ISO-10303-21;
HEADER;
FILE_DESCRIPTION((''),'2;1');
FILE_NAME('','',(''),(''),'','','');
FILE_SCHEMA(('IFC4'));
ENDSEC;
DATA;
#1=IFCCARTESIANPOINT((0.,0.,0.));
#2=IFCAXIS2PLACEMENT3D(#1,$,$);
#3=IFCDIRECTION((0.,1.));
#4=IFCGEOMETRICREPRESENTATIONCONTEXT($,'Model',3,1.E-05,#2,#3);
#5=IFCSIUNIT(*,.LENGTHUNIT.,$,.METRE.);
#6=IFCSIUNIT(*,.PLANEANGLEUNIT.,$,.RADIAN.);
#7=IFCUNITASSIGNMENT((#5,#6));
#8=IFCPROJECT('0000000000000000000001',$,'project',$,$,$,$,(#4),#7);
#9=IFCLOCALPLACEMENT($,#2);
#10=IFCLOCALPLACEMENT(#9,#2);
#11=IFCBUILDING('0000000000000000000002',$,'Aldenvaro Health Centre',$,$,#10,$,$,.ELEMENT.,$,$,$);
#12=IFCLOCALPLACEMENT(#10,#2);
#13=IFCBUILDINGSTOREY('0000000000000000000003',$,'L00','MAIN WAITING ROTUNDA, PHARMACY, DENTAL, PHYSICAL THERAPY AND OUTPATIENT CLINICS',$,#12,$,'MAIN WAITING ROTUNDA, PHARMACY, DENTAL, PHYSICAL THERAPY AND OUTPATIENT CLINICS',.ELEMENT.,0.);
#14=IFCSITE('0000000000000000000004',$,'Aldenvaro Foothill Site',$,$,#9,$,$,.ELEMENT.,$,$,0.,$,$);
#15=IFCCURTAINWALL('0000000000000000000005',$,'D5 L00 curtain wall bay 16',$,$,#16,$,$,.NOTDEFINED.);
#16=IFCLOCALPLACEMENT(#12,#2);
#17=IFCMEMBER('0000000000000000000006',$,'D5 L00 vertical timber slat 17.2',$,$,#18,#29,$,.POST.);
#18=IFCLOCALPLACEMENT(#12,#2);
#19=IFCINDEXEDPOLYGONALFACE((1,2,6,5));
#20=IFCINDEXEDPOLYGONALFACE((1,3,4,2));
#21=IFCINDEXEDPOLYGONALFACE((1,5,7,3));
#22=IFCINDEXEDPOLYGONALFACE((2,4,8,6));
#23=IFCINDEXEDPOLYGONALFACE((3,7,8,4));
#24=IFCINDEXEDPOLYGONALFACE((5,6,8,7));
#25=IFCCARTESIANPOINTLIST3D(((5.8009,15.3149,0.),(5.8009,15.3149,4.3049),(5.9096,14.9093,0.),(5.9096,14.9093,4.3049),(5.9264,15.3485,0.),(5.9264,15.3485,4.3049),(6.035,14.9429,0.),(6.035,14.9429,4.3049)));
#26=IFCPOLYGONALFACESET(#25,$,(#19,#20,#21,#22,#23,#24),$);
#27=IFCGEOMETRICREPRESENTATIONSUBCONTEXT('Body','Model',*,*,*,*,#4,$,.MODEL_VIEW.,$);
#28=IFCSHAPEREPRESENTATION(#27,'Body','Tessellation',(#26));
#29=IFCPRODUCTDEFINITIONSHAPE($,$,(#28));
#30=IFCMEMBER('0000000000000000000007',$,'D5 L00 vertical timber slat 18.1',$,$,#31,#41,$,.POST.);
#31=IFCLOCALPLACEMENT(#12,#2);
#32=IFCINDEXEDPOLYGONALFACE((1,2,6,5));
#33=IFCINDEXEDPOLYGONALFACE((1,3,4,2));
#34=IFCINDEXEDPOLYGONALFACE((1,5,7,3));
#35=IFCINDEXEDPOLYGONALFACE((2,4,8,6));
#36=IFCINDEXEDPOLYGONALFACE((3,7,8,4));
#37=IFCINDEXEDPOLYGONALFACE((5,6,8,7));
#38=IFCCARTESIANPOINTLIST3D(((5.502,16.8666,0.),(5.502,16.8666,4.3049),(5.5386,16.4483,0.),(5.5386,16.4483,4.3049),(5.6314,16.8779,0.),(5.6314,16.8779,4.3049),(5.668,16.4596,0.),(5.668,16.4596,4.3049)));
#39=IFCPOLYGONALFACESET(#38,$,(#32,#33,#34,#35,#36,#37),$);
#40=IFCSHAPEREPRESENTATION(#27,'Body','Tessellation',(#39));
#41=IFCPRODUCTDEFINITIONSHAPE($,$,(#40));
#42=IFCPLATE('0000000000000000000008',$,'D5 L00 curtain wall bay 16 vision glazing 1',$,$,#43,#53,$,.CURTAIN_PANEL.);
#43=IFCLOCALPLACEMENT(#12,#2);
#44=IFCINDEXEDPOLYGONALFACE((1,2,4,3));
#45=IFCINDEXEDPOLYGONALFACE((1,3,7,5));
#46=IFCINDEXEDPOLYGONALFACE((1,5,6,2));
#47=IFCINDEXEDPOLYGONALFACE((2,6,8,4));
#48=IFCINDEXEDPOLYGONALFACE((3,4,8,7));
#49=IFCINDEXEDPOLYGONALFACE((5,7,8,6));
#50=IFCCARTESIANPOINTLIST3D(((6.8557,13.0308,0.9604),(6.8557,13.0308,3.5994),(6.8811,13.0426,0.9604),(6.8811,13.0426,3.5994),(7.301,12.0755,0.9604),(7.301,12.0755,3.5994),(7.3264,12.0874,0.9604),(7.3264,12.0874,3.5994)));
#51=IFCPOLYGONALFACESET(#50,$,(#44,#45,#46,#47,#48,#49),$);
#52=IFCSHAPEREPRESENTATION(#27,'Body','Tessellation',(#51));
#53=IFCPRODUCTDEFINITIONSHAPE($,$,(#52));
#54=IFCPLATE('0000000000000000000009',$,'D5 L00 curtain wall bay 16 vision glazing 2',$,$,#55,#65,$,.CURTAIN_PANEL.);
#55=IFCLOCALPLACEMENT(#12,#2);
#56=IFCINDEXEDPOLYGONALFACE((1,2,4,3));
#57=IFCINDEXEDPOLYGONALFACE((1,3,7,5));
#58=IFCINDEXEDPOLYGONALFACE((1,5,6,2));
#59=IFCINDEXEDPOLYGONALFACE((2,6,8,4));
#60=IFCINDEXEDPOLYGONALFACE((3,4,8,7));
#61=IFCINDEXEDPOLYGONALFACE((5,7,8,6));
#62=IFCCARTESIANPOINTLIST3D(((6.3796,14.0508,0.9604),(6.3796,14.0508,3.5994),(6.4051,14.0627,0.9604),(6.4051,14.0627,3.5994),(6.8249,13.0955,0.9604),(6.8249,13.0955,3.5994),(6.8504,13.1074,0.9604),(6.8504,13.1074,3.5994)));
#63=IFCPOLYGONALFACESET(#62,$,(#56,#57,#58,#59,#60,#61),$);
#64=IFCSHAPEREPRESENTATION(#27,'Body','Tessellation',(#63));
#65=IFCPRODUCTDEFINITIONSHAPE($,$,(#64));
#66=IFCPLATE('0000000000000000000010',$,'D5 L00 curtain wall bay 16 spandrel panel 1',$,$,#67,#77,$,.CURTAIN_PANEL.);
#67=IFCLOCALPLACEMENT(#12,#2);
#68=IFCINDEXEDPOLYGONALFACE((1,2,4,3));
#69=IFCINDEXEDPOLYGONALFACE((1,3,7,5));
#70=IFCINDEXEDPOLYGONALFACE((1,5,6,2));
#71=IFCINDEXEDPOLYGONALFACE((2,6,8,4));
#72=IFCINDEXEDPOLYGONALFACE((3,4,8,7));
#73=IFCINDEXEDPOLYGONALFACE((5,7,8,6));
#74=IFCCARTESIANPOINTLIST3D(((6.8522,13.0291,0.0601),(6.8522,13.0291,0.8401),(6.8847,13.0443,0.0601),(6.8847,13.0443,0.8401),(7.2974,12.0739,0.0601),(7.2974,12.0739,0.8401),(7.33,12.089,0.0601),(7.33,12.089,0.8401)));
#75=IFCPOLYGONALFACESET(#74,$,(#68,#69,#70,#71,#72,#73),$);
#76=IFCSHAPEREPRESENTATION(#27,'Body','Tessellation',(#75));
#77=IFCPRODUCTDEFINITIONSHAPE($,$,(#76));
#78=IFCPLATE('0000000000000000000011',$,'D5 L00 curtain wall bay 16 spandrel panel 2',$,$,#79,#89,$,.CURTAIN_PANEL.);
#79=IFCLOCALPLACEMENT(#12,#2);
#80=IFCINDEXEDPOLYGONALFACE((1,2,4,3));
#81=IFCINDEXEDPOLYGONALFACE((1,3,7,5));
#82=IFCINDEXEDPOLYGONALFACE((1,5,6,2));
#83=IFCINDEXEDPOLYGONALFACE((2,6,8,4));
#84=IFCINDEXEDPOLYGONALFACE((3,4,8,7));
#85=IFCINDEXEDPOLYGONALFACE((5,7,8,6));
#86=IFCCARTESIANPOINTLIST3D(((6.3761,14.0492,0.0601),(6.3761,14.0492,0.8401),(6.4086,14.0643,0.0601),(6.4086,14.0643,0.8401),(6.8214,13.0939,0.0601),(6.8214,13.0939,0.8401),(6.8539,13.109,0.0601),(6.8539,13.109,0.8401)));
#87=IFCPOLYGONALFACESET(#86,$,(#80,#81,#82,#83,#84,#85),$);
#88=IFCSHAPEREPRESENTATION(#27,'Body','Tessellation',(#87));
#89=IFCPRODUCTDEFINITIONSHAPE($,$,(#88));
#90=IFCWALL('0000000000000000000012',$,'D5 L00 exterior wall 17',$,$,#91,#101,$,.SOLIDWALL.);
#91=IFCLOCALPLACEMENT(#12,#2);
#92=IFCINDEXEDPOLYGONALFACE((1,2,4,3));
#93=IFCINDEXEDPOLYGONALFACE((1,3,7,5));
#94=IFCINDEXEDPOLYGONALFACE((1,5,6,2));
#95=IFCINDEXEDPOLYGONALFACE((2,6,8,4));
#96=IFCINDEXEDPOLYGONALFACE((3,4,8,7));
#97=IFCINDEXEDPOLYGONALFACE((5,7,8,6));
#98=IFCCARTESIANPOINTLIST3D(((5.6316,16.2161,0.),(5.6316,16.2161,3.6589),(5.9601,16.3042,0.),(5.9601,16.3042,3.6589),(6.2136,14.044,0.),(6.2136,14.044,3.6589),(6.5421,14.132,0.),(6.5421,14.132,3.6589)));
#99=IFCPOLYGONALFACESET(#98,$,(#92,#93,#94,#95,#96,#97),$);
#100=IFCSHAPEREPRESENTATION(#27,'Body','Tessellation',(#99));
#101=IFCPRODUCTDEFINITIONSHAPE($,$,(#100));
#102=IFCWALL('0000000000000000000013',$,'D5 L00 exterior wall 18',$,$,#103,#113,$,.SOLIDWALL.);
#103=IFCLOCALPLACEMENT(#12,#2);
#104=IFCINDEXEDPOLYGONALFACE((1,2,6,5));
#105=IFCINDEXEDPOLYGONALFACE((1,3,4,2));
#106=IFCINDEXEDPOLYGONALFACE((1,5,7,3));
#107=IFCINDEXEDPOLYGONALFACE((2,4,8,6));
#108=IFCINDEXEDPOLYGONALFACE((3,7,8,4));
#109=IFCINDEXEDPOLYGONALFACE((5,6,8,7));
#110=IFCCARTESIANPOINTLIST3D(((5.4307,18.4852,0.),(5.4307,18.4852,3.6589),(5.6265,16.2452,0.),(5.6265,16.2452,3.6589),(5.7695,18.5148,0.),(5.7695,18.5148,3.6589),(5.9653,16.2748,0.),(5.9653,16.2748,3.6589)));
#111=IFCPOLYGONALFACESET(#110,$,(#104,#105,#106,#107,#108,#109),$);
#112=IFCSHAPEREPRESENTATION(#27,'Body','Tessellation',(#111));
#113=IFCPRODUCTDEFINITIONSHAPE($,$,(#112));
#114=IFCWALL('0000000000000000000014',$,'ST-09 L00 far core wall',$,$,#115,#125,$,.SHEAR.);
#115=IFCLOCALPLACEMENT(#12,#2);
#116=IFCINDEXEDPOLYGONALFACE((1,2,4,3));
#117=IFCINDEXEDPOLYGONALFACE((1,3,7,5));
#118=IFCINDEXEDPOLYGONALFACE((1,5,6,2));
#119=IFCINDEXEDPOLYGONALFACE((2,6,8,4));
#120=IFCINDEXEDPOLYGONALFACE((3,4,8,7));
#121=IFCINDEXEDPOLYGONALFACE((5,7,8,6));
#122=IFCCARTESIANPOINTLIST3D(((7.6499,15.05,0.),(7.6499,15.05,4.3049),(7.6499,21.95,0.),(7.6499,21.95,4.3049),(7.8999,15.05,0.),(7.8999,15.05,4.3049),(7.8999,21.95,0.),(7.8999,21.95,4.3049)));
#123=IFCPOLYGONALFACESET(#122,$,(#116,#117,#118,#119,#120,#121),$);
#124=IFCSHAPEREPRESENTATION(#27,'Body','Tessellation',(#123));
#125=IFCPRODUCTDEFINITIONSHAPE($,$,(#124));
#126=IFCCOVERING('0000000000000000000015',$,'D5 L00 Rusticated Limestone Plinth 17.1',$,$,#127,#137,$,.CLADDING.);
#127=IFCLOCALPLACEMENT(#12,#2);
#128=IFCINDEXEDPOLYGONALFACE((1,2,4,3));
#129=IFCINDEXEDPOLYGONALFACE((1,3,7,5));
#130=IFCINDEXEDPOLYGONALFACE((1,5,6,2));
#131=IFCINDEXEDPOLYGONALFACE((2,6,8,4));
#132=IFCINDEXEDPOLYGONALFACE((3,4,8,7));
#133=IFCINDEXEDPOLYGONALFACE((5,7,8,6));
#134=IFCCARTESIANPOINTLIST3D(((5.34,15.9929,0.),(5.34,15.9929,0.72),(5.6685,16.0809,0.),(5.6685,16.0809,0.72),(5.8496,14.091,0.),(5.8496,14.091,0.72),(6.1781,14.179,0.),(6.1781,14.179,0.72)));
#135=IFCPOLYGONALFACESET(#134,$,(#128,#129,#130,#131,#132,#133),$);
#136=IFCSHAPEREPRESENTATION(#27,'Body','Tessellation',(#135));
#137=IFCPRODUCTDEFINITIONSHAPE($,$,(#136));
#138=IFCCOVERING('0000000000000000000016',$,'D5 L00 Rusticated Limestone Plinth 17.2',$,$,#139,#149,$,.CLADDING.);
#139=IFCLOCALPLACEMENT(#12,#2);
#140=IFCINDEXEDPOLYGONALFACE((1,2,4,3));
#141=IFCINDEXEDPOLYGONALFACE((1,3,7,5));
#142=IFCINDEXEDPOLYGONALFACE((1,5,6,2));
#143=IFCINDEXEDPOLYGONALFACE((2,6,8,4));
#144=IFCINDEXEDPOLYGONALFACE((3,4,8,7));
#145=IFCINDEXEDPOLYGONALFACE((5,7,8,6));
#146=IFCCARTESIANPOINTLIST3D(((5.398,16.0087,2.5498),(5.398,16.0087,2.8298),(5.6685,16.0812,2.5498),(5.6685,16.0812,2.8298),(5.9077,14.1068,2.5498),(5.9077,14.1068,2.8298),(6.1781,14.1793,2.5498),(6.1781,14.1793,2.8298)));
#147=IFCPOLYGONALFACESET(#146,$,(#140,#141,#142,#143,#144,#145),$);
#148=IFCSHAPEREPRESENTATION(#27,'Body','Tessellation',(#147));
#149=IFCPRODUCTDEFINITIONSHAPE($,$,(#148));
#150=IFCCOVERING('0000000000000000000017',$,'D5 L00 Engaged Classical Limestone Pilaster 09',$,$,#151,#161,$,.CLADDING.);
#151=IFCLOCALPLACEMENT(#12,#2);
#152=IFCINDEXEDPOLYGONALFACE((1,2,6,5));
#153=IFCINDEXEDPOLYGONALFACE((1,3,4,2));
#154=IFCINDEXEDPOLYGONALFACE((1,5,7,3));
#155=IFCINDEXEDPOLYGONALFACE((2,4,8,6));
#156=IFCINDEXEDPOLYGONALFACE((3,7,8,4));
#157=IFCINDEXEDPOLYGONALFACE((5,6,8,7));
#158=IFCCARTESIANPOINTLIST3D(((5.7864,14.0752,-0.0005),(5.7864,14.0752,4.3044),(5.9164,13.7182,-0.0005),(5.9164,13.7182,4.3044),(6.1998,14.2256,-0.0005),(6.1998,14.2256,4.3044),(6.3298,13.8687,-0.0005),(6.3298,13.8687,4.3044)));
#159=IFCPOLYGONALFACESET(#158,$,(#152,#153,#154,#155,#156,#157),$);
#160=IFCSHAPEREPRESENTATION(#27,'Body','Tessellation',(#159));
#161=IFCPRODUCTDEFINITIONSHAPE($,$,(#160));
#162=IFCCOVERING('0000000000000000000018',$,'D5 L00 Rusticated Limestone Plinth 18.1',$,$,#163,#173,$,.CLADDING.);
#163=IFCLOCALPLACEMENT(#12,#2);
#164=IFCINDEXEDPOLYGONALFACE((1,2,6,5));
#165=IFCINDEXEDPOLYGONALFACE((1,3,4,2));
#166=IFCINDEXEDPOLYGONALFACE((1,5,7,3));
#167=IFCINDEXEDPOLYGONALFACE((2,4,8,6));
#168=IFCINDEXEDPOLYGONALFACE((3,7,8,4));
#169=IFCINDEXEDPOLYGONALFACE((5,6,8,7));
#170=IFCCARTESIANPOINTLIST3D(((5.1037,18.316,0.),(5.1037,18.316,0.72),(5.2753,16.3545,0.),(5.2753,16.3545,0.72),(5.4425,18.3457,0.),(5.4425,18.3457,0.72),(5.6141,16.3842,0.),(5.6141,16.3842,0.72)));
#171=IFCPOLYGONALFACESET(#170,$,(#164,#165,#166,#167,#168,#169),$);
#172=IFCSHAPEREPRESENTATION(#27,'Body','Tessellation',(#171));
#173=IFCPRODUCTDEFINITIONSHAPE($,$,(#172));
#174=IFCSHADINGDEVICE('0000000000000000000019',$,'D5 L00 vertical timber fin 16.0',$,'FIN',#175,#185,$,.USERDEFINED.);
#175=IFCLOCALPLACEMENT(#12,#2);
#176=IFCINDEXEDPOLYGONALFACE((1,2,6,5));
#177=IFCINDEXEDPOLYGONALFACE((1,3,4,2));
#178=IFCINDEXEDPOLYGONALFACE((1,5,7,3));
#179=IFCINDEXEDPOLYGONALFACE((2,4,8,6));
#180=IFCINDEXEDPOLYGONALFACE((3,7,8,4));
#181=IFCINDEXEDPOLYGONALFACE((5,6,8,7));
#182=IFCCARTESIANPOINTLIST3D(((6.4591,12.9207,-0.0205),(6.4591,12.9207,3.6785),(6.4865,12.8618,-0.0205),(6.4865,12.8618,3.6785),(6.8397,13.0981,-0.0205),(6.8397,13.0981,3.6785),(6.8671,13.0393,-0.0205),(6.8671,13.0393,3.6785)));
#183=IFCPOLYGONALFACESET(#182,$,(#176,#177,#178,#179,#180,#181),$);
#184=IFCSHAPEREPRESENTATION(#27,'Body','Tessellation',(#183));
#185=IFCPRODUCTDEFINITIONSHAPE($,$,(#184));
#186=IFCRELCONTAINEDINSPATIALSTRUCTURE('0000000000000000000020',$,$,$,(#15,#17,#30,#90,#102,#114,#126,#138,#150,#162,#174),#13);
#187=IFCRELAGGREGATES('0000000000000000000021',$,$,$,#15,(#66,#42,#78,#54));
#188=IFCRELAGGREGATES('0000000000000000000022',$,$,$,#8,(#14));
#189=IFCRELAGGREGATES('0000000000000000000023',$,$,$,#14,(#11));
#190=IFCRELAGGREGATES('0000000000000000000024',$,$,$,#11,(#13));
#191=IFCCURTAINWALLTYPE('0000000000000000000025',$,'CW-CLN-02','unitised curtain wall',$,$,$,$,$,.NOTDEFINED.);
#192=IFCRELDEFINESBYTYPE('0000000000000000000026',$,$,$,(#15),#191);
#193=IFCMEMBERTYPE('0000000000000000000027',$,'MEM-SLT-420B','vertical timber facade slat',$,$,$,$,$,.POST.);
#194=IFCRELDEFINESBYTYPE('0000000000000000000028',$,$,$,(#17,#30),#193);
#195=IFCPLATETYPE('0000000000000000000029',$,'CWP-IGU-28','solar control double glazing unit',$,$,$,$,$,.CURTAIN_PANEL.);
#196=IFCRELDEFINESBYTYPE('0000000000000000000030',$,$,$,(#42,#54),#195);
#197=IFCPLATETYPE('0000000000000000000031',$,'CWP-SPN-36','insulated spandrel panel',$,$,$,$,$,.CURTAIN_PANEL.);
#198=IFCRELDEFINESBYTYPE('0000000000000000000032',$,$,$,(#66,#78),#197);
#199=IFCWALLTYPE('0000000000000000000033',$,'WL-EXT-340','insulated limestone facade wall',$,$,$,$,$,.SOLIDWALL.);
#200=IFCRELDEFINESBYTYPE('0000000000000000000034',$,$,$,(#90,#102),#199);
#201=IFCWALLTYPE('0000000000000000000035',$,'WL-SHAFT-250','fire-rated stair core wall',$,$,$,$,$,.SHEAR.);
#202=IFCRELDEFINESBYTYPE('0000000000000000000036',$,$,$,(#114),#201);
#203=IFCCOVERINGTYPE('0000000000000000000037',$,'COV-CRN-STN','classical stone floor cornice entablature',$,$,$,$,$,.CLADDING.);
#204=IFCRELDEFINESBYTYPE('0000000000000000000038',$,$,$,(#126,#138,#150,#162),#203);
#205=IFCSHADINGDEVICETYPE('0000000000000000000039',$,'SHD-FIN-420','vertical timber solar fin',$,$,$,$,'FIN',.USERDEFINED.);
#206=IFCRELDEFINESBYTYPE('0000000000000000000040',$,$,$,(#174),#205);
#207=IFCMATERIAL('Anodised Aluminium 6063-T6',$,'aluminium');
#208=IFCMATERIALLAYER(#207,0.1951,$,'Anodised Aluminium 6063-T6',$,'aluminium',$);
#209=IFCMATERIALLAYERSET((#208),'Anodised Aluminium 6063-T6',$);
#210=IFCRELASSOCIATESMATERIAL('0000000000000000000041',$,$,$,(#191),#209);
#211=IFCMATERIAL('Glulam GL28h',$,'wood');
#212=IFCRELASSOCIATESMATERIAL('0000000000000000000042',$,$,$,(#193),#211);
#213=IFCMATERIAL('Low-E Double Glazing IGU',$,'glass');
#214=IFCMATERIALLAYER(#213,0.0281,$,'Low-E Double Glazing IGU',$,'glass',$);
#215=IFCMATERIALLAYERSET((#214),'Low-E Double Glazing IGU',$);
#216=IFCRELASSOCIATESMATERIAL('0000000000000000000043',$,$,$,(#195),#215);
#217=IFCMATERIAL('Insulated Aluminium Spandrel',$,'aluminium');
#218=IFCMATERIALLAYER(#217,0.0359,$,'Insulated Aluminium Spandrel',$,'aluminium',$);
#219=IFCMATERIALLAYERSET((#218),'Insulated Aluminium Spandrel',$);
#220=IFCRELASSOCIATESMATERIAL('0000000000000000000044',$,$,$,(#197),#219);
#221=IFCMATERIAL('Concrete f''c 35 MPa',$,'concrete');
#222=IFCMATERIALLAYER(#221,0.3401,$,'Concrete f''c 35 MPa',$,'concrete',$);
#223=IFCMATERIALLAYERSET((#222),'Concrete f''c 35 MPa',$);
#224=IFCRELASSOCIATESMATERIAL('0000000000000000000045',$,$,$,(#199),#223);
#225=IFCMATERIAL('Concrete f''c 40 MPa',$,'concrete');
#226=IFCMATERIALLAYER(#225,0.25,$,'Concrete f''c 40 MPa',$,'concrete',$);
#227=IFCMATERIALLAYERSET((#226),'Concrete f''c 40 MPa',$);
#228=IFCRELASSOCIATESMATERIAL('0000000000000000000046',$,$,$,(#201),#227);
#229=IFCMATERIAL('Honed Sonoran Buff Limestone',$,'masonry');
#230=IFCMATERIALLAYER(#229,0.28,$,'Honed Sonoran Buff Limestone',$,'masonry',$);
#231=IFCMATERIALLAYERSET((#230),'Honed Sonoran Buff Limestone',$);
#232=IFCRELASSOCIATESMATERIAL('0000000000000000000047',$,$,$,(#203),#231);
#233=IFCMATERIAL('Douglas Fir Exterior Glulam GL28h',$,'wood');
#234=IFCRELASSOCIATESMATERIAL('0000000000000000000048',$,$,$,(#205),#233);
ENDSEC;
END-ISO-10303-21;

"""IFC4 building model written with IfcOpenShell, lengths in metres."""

from ifc_helpers import new_model, si_unit, direction, frame, frame_2d, origin, origin_2d, place, context, subcontext, project, spatial, rectangle, extrude, material, layer, layer_set, material_profile, profile_set, type_object, element, aggregate, save


model = new_model("IFC4")

# Units and contexts
model_context = context("Model", 3, precision=1e-05, world=origin(), true_north=direction((0.0, 1.0)))
body_context = subcontext(model_context, "Body", "Model", "MODEL_VIEW")
ifc_project = project(units=[si_unit("LENGTHUNIT", "METRE"), si_unit("PLANEANGLEUNIT", "RADIAN")], contexts=[model_context])

# Site, building, storey
site_placement = place(None, origin())
site = spatial("IfcSite", under=ifc_project, at=site_placement, Name="Aldenvaro Foothill Site", CompositionType="ELEMENT", RefElevation=0.0)
building_placement = place(site_placement, origin())
building = spatial("IfcBuilding", under=site, at=building_placement, Name="Aldenvaro Health Centre", CompositionType="ELEMENT")
storey_placement = place(building_placement, origin())
storey = spatial("IfcBuildingStorey", under=building, at=storey_placement, Name="L00", Description="MAIN WAITING ROTUNDA, PHARMACY, DENTAL, PHYSICAL THERAPY AND OUTPATIENT CLINICS", LongName="MAIN WAITING ROTUNDA, PHARMACY, DENTAL, PHYSICAL THERAPY AND OUTPATIENT CLINICS", CompositionType="ELEMENT", Elevation=0.0)

# Shared definitions
ifc_material_1 = material(Name="Concrete f'c 40 MPa", Category="concrete")

# Shared definitions
ifc_material_2 = material(Name="Glulam GL28h", Category="wood")

# Curtain wall
ifc_material_3 = material(Name="Anodised Aluminium 6063-T6", Category="aluminium")
ifc_layer_1 = layer(ifc_material_3, 0.1951, Name="Anodised Aluminium 6063-T6", Category="aluminium")
ifc_layer_set_1 = layer_set([ifc_layer_1], Name="Anodised Aluminium 6063-T6")
curtain_wall_type = type_object("IfcCurtainWallType", Name="CW-CLN-02", Description="unitised curtain wall", PredefinedType="NOTDEFINED", material=ifc_layer_set_1)
curtain_wall_placement = place(storey_placement, origin())
curtain_wall = element("IfcCurtainWall", 1, at=curtain_wall_placement, inside=storey, type_object=curtain_wall_type, Name="D5 L00 curtain wall bay 16", PredefinedType="NOTDEFINED")

# Members
ifc_material_profile_1 = material_profile(ifc_material_2, rectangle(XDim=0.1299, YDim=0.4199, at=origin_2d()), Name="GL 130x420", Category="wood")
ifc_profile_set_1 = profile_set([ifc_material_profile_1], Name="Glulam GL28h")
member_type_1 = type_object("IfcMemberType", Name="MEM-SLT-420B", Description="vertical timber facade slat", PredefinedType="POST", material=ifc_profile_set_1)
for number, where, z_axis, x_axis, name in (
    (2, (5.918, 15.1289, 0.0), (0.0, 0.0, 1.0), (-0.965924, -0.258825, 0.0), "D5 L00 vertical timber slat 17.2"),
    (3, (5.585, 16.6631, 0.0), (0.0, 0.0, 1.0), (-0.996194, -0.087167, 0.0), "D5 L00 vertical timber slat 18.1"),
):
    element("IfcMember", number, at=place(storey_placement, frame(where, z_axis=z_axis, x_axis=x_axis)), inside=storey, type_object=member_type_1, Name=name, PredefinedType="POST", context=body_context, shape_type="SweptSolid", body=[
        extrude(rectangle(XDim=0.1299, YDim=0.4199, at=origin_2d()), origin(), (0.0, 0.0, 1.0), 4.3049),
    ])

# Plates
ifc_material_4 = material(Name="Low-E Double Glazing IGU", Category="glass")
ifc_layer_2 = layer(ifc_material_4, 0.0281, Name="Low-E Double Glazing IGU", Category="glass")
ifc_layer_set_2 = layer_set([ifc_layer_2], Name="Low-E Double Glazing IGU")
plate_type_1 = type_object("IfcPlateType", Name="CWP-IGU-28", Description="solar control double glazing unit", PredefinedType="CURTAIN_PANEL", material=ifc_layer_set_2)
plate_1_placement = place(storey_placement, frame((7.0911, 12.5591, 0.9604), z_axis=(0.0, 0.0, 1.0), x_axis=(-0.422496, 0.906365, 0.0)))
plate_1 = element("IfcPlate", 4, at=plate_1_placement, type_object=plate_type_1, Name="D5 L00 curtain wall bay 16 vision glazing 1", PredefinedType="CURTAIN_PANEL", context=body_context, shape_type="SweptSolid", body=[
    extrude(rectangle(XDim=1.054, YDim=0.0281, at=origin_2d()), origin(), (0.0, 0.0, 1.0), 2.6389),
])
plate_2_placement = place(storey_placement, frame((6.615, 13.5791, 0.9604), z_axis=(0.0, 0.0, 1.0), x_axis=(-0.422496, 0.906365, 0.0)))
plate_2 = element("IfcPlate", 5, at=plate_2_placement, type_object=plate_type_1, Name="D5 L00 curtain wall bay 16 vision glazing 2", PredefinedType="CURTAIN_PANEL", context=body_context, shape_type="SweptSolid", body=[
    extrude(rectangle(XDim=1.054, YDim=0.0281, at=origin_2d()), origin(), (0.0, 0.0, 1.0), 2.6389),
])
ifc_material_5 = material(Name="Insulated Aluminium Spandrel", Category="aluminium")
ifc_layer_3 = layer(ifc_material_5, 0.0359, Name="Insulated Aluminium Spandrel", Category="aluminium")
ifc_layer_set_3 = layer_set([ifc_layer_3], Name="Insulated Aluminium Spandrel")
plate_type_2 = type_object("IfcPlateType", Name="CWP-SPN-36", Description="insulated spandrel panel", PredefinedType="CURTAIN_PANEL", material=ifc_layer_set_3)
plate_3_placement = place(storey_placement, frame((7.0911, 12.5591, 0.0601), z_axis=(0.0, 0.0, 1.0), x_axis=(-0.422496, 0.906365, 0.0)))
plate_3 = element("IfcPlate", 6, at=plate_3_placement, type_object=plate_type_2, Name="D5 L00 curtain wall bay 16 spandrel panel 1", PredefinedType="CURTAIN_PANEL", context=body_context, shape_type="SweptSolid", body=[
    extrude(rectangle(XDim=1.054, YDim=0.0359, at=origin_2d()), origin(), (0.0, 0.0, 1.0), 0.78),
])
plate_4_placement = place(storey_placement, frame((6.615, 13.5791, 0.0601), z_axis=(0.0, 0.0, 1.0), x_axis=(-0.422496, 0.906365, 0.0)))
plate_4 = element("IfcPlate", 7, at=plate_4_placement, type_object=plate_type_2, Name="D5 L00 curtain wall bay 16 spandrel panel 2", PredefinedType="CURTAIN_PANEL", context=body_context, shape_type="SweptSolid", body=[
    extrude(rectangle(XDim=1.054, YDim=0.0359, at=origin_2d()), origin(), (0.0, 0.0, 1.0), 0.78),
])
aggregate(curtain_wall, [plate_3, plate_1, plate_4, plate_2])

# Walls
ifc_material_6 = material(Name="Concrete f'c 35 MPa", Category="concrete")
ifc_layer_4 = layer(ifc_material_6, 0.3401, Name="Concrete f'c 35 MPa", Category="concrete")
ifc_layer_set_4 = layer_set([ifc_layer_4], Name="Concrete f'c 35 MPa")
wall_type_1 = type_object("IfcWallType", Name="WL-EXT-340", Description="insulated limestone facade wall", PredefinedType="SOLIDWALL", material=ifc_layer_set_4)
wall_1_placement = place(storey_placement, frame((6.3779, 14.0879, 0.0), z_axis=(0.0, 0.0, 1.0), x_axis=(-0.258825, 0.965924, 0.0)))
element("IfcWall", 8, at=wall_1_placement, inside=storey, type_object=wall_type_1, Name="D5 L00 exterior wall 17", PredefinedType="SOLIDWALL", context=body_context, shape_type="SweptSolid", body=[
    extrude(rectangle(XDim=2.2488, YDim=0.3401, at=frame_2d((1.1245, 0.0))), origin(), (0.0, 0.0, 1.0), 3.6589),
])
wall_2_placement = place(storey_placement, frame((5.7959, 16.26, 0.0), z_axis=(0.0, 0.0, 1.0), x_axis=(-0.087079, 0.996201, 0.0)))
element("IfcWall", 9, at=wall_2_placement, inside=storey, type_object=wall_type_1, Name="D5 L00 exterior wall 18", PredefinedType="SOLIDWALL", context=body_context, shape_type="SweptSolid", body=[
    extrude(rectangle(XDim=2.2485, YDim=0.3401, at=frame_2d((1.1243, 0.0))), origin(), (0.0, 0.0, 1.0), 3.6589),
])
ifc_layer_5 = layer(ifc_material_1, 0.25, Name="Concrete f'c 40 MPa", Category="concrete")
ifc_layer_set_5 = layer_set([ifc_layer_5], Name="Concrete f'c 40 MPa")
wall_type_2 = type_object("IfcWallType", Name="WL-SHAFT-250", Description="fire-rated stair core wall", PredefinedType="SHEAR", material=ifc_layer_set_5)
wall_3_placement = place(storey_placement, frame((7.7749, 15.05, 0.0), z_axis=(0.0, 0.0, 1.0), x_axis=(0.0, 1.0, 0.0)))
element("IfcWall", 10, at=wall_3_placement, inside=storey, type_object=wall_type_2, Name="ST-09 L00 far core wall", PredefinedType="SHEAR", context=body_context, shape_type="SweptSolid", body=[
    extrude(rectangle(XDim=6.8999, YDim=0.25, at=frame_2d((3.45, 0.0))), origin(), (0.0, 0.0, 1.0), 4.3049),
])

# Coverings
ifc_material_7 = material(Name="Honed Sonoran Buff Limestone", Category="masonry")
ifc_layer_6 = layer(ifc_material_7, 0.28, Name="Honed Sonoran Buff Limestone", Category="masonry")
ifc_layer_set_6 = layer_set([ifc_layer_6], Name="Honed Sonoran Buff Limestone")
covering_type = type_object("IfcCoveringType", Name="COV-CRN-STN", Description="classical stone floor cornice entablature", PredefinedType="CLADDING", material=ifc_layer_set_6)
covering_1_placement = place(storey_placement, frame((5.759, 15.0859, 0.0), z_axis=(0.0, 0.0, 1.0), x_axis=(-0.258825, 0.965924, 0.0)))
element("IfcCovering", 11, at=covering_1_placement, inside=storey, type_object=covering_type, Name="D5 L00 Rusticated Limestone Plinth 17.1", PredefinedType="CLADDING", context=body_context, shape_type="SweptSolid", body=[
    extrude(rectangle(XDim=1.969, YDim=0.3401, at=origin_2d()), origin(), (0.0, 0.0, 1.0), 0.72),
])
covering_2_placement = place(storey_placement, frame((5.7881, 15.094, 2.5498), z_axis=(0.0, 0.0, 1.0), x_axis=(-0.258825, 0.965924, 0.0)))
element("IfcCovering", 12, at=covering_2_placement, inside=storey, type_object=covering_type, Name="D5 L00 Rusticated Limestone Plinth 17.2", PredefinedType="CLADDING", context=body_context, shape_type="SweptSolid", body=[
    extrude(rectangle(XDim=1.969, YDim=0.28, at=origin_2d()), origin(), (0.0, 0.0, 1.0), 0.28),
])
covering_3_placement = place(storey_placement, frame((6.0581, 13.9719, -0.0005), z_axis=(0.0, 0.0, 1.0), x_axis=(-0.939694, -0.342017, 0.0)))
element("IfcCovering", 13, at=covering_3_placement, inside=storey, type_object=covering_type, Name="D5 L00 Engaged Classical Limestone Pilaster 09", PredefinedType="CLADDING", context=body_context, shape_type="SweptSolid", body=[
    extrude(rectangle(XDim=0.4399, YDim=0.3799, at=origin_2d()), origin(), (0.0, 0.0, 1.0), 4.3049),
])
covering_4_placement = place(storey_placement, frame((5.3589, 17.3501, 0.0), z_axis=(0.0, 0.0, 1.0), x_axis=(-0.087167, 0.996194, 0.0)))
element("IfcCovering", 14, at=covering_4_placement, inside=storey, type_object=covering_type, Name="D5 L00 Rusticated Limestone Plinth 18.1", PredefinedType="CLADDING", context=body_context, shape_type="SweptSolid", body=[
    extrude(rectangle(XDim=1.969, YDim=0.3401, at=origin_2d()), origin(), (0.0, 0.0, 1.0), 0.72),
])

# Shading device
ifc_material_8 = material(Name="Douglas Fir Exterior Glulam GL28h", Category="wood")
shading_device_type = type_object("IfcShadingDeviceType", Name="SHD-FIN-420", Description="vertical timber solar fin", ElementType="FIN", PredefinedType="USERDEFINED", material=ifc_material_8)
shading_device_placement = place(storey_placement, frame((6.6631, 12.98, -0.0205), z_axis=(0.0, 0.0, 1.0), x_axis=(-0.422496, 0.906365, 0.0)))
element("IfcShadingDevice", 15, at=shading_device_placement, inside=storey, type_object=shading_device_type, Name="D5 L00 vertical timber fin 16.0", ObjectType="FIN", PredefinedType="USERDEFINED", context=body_context, shape_type="SweptSolid", body=[
    extrude(rectangle(XDim=0.0649, YDim=0.4199, at=origin_2d()), origin(), (0.0, 0.0, 1.0), 3.699),
])

save(model, "model.ifc")
